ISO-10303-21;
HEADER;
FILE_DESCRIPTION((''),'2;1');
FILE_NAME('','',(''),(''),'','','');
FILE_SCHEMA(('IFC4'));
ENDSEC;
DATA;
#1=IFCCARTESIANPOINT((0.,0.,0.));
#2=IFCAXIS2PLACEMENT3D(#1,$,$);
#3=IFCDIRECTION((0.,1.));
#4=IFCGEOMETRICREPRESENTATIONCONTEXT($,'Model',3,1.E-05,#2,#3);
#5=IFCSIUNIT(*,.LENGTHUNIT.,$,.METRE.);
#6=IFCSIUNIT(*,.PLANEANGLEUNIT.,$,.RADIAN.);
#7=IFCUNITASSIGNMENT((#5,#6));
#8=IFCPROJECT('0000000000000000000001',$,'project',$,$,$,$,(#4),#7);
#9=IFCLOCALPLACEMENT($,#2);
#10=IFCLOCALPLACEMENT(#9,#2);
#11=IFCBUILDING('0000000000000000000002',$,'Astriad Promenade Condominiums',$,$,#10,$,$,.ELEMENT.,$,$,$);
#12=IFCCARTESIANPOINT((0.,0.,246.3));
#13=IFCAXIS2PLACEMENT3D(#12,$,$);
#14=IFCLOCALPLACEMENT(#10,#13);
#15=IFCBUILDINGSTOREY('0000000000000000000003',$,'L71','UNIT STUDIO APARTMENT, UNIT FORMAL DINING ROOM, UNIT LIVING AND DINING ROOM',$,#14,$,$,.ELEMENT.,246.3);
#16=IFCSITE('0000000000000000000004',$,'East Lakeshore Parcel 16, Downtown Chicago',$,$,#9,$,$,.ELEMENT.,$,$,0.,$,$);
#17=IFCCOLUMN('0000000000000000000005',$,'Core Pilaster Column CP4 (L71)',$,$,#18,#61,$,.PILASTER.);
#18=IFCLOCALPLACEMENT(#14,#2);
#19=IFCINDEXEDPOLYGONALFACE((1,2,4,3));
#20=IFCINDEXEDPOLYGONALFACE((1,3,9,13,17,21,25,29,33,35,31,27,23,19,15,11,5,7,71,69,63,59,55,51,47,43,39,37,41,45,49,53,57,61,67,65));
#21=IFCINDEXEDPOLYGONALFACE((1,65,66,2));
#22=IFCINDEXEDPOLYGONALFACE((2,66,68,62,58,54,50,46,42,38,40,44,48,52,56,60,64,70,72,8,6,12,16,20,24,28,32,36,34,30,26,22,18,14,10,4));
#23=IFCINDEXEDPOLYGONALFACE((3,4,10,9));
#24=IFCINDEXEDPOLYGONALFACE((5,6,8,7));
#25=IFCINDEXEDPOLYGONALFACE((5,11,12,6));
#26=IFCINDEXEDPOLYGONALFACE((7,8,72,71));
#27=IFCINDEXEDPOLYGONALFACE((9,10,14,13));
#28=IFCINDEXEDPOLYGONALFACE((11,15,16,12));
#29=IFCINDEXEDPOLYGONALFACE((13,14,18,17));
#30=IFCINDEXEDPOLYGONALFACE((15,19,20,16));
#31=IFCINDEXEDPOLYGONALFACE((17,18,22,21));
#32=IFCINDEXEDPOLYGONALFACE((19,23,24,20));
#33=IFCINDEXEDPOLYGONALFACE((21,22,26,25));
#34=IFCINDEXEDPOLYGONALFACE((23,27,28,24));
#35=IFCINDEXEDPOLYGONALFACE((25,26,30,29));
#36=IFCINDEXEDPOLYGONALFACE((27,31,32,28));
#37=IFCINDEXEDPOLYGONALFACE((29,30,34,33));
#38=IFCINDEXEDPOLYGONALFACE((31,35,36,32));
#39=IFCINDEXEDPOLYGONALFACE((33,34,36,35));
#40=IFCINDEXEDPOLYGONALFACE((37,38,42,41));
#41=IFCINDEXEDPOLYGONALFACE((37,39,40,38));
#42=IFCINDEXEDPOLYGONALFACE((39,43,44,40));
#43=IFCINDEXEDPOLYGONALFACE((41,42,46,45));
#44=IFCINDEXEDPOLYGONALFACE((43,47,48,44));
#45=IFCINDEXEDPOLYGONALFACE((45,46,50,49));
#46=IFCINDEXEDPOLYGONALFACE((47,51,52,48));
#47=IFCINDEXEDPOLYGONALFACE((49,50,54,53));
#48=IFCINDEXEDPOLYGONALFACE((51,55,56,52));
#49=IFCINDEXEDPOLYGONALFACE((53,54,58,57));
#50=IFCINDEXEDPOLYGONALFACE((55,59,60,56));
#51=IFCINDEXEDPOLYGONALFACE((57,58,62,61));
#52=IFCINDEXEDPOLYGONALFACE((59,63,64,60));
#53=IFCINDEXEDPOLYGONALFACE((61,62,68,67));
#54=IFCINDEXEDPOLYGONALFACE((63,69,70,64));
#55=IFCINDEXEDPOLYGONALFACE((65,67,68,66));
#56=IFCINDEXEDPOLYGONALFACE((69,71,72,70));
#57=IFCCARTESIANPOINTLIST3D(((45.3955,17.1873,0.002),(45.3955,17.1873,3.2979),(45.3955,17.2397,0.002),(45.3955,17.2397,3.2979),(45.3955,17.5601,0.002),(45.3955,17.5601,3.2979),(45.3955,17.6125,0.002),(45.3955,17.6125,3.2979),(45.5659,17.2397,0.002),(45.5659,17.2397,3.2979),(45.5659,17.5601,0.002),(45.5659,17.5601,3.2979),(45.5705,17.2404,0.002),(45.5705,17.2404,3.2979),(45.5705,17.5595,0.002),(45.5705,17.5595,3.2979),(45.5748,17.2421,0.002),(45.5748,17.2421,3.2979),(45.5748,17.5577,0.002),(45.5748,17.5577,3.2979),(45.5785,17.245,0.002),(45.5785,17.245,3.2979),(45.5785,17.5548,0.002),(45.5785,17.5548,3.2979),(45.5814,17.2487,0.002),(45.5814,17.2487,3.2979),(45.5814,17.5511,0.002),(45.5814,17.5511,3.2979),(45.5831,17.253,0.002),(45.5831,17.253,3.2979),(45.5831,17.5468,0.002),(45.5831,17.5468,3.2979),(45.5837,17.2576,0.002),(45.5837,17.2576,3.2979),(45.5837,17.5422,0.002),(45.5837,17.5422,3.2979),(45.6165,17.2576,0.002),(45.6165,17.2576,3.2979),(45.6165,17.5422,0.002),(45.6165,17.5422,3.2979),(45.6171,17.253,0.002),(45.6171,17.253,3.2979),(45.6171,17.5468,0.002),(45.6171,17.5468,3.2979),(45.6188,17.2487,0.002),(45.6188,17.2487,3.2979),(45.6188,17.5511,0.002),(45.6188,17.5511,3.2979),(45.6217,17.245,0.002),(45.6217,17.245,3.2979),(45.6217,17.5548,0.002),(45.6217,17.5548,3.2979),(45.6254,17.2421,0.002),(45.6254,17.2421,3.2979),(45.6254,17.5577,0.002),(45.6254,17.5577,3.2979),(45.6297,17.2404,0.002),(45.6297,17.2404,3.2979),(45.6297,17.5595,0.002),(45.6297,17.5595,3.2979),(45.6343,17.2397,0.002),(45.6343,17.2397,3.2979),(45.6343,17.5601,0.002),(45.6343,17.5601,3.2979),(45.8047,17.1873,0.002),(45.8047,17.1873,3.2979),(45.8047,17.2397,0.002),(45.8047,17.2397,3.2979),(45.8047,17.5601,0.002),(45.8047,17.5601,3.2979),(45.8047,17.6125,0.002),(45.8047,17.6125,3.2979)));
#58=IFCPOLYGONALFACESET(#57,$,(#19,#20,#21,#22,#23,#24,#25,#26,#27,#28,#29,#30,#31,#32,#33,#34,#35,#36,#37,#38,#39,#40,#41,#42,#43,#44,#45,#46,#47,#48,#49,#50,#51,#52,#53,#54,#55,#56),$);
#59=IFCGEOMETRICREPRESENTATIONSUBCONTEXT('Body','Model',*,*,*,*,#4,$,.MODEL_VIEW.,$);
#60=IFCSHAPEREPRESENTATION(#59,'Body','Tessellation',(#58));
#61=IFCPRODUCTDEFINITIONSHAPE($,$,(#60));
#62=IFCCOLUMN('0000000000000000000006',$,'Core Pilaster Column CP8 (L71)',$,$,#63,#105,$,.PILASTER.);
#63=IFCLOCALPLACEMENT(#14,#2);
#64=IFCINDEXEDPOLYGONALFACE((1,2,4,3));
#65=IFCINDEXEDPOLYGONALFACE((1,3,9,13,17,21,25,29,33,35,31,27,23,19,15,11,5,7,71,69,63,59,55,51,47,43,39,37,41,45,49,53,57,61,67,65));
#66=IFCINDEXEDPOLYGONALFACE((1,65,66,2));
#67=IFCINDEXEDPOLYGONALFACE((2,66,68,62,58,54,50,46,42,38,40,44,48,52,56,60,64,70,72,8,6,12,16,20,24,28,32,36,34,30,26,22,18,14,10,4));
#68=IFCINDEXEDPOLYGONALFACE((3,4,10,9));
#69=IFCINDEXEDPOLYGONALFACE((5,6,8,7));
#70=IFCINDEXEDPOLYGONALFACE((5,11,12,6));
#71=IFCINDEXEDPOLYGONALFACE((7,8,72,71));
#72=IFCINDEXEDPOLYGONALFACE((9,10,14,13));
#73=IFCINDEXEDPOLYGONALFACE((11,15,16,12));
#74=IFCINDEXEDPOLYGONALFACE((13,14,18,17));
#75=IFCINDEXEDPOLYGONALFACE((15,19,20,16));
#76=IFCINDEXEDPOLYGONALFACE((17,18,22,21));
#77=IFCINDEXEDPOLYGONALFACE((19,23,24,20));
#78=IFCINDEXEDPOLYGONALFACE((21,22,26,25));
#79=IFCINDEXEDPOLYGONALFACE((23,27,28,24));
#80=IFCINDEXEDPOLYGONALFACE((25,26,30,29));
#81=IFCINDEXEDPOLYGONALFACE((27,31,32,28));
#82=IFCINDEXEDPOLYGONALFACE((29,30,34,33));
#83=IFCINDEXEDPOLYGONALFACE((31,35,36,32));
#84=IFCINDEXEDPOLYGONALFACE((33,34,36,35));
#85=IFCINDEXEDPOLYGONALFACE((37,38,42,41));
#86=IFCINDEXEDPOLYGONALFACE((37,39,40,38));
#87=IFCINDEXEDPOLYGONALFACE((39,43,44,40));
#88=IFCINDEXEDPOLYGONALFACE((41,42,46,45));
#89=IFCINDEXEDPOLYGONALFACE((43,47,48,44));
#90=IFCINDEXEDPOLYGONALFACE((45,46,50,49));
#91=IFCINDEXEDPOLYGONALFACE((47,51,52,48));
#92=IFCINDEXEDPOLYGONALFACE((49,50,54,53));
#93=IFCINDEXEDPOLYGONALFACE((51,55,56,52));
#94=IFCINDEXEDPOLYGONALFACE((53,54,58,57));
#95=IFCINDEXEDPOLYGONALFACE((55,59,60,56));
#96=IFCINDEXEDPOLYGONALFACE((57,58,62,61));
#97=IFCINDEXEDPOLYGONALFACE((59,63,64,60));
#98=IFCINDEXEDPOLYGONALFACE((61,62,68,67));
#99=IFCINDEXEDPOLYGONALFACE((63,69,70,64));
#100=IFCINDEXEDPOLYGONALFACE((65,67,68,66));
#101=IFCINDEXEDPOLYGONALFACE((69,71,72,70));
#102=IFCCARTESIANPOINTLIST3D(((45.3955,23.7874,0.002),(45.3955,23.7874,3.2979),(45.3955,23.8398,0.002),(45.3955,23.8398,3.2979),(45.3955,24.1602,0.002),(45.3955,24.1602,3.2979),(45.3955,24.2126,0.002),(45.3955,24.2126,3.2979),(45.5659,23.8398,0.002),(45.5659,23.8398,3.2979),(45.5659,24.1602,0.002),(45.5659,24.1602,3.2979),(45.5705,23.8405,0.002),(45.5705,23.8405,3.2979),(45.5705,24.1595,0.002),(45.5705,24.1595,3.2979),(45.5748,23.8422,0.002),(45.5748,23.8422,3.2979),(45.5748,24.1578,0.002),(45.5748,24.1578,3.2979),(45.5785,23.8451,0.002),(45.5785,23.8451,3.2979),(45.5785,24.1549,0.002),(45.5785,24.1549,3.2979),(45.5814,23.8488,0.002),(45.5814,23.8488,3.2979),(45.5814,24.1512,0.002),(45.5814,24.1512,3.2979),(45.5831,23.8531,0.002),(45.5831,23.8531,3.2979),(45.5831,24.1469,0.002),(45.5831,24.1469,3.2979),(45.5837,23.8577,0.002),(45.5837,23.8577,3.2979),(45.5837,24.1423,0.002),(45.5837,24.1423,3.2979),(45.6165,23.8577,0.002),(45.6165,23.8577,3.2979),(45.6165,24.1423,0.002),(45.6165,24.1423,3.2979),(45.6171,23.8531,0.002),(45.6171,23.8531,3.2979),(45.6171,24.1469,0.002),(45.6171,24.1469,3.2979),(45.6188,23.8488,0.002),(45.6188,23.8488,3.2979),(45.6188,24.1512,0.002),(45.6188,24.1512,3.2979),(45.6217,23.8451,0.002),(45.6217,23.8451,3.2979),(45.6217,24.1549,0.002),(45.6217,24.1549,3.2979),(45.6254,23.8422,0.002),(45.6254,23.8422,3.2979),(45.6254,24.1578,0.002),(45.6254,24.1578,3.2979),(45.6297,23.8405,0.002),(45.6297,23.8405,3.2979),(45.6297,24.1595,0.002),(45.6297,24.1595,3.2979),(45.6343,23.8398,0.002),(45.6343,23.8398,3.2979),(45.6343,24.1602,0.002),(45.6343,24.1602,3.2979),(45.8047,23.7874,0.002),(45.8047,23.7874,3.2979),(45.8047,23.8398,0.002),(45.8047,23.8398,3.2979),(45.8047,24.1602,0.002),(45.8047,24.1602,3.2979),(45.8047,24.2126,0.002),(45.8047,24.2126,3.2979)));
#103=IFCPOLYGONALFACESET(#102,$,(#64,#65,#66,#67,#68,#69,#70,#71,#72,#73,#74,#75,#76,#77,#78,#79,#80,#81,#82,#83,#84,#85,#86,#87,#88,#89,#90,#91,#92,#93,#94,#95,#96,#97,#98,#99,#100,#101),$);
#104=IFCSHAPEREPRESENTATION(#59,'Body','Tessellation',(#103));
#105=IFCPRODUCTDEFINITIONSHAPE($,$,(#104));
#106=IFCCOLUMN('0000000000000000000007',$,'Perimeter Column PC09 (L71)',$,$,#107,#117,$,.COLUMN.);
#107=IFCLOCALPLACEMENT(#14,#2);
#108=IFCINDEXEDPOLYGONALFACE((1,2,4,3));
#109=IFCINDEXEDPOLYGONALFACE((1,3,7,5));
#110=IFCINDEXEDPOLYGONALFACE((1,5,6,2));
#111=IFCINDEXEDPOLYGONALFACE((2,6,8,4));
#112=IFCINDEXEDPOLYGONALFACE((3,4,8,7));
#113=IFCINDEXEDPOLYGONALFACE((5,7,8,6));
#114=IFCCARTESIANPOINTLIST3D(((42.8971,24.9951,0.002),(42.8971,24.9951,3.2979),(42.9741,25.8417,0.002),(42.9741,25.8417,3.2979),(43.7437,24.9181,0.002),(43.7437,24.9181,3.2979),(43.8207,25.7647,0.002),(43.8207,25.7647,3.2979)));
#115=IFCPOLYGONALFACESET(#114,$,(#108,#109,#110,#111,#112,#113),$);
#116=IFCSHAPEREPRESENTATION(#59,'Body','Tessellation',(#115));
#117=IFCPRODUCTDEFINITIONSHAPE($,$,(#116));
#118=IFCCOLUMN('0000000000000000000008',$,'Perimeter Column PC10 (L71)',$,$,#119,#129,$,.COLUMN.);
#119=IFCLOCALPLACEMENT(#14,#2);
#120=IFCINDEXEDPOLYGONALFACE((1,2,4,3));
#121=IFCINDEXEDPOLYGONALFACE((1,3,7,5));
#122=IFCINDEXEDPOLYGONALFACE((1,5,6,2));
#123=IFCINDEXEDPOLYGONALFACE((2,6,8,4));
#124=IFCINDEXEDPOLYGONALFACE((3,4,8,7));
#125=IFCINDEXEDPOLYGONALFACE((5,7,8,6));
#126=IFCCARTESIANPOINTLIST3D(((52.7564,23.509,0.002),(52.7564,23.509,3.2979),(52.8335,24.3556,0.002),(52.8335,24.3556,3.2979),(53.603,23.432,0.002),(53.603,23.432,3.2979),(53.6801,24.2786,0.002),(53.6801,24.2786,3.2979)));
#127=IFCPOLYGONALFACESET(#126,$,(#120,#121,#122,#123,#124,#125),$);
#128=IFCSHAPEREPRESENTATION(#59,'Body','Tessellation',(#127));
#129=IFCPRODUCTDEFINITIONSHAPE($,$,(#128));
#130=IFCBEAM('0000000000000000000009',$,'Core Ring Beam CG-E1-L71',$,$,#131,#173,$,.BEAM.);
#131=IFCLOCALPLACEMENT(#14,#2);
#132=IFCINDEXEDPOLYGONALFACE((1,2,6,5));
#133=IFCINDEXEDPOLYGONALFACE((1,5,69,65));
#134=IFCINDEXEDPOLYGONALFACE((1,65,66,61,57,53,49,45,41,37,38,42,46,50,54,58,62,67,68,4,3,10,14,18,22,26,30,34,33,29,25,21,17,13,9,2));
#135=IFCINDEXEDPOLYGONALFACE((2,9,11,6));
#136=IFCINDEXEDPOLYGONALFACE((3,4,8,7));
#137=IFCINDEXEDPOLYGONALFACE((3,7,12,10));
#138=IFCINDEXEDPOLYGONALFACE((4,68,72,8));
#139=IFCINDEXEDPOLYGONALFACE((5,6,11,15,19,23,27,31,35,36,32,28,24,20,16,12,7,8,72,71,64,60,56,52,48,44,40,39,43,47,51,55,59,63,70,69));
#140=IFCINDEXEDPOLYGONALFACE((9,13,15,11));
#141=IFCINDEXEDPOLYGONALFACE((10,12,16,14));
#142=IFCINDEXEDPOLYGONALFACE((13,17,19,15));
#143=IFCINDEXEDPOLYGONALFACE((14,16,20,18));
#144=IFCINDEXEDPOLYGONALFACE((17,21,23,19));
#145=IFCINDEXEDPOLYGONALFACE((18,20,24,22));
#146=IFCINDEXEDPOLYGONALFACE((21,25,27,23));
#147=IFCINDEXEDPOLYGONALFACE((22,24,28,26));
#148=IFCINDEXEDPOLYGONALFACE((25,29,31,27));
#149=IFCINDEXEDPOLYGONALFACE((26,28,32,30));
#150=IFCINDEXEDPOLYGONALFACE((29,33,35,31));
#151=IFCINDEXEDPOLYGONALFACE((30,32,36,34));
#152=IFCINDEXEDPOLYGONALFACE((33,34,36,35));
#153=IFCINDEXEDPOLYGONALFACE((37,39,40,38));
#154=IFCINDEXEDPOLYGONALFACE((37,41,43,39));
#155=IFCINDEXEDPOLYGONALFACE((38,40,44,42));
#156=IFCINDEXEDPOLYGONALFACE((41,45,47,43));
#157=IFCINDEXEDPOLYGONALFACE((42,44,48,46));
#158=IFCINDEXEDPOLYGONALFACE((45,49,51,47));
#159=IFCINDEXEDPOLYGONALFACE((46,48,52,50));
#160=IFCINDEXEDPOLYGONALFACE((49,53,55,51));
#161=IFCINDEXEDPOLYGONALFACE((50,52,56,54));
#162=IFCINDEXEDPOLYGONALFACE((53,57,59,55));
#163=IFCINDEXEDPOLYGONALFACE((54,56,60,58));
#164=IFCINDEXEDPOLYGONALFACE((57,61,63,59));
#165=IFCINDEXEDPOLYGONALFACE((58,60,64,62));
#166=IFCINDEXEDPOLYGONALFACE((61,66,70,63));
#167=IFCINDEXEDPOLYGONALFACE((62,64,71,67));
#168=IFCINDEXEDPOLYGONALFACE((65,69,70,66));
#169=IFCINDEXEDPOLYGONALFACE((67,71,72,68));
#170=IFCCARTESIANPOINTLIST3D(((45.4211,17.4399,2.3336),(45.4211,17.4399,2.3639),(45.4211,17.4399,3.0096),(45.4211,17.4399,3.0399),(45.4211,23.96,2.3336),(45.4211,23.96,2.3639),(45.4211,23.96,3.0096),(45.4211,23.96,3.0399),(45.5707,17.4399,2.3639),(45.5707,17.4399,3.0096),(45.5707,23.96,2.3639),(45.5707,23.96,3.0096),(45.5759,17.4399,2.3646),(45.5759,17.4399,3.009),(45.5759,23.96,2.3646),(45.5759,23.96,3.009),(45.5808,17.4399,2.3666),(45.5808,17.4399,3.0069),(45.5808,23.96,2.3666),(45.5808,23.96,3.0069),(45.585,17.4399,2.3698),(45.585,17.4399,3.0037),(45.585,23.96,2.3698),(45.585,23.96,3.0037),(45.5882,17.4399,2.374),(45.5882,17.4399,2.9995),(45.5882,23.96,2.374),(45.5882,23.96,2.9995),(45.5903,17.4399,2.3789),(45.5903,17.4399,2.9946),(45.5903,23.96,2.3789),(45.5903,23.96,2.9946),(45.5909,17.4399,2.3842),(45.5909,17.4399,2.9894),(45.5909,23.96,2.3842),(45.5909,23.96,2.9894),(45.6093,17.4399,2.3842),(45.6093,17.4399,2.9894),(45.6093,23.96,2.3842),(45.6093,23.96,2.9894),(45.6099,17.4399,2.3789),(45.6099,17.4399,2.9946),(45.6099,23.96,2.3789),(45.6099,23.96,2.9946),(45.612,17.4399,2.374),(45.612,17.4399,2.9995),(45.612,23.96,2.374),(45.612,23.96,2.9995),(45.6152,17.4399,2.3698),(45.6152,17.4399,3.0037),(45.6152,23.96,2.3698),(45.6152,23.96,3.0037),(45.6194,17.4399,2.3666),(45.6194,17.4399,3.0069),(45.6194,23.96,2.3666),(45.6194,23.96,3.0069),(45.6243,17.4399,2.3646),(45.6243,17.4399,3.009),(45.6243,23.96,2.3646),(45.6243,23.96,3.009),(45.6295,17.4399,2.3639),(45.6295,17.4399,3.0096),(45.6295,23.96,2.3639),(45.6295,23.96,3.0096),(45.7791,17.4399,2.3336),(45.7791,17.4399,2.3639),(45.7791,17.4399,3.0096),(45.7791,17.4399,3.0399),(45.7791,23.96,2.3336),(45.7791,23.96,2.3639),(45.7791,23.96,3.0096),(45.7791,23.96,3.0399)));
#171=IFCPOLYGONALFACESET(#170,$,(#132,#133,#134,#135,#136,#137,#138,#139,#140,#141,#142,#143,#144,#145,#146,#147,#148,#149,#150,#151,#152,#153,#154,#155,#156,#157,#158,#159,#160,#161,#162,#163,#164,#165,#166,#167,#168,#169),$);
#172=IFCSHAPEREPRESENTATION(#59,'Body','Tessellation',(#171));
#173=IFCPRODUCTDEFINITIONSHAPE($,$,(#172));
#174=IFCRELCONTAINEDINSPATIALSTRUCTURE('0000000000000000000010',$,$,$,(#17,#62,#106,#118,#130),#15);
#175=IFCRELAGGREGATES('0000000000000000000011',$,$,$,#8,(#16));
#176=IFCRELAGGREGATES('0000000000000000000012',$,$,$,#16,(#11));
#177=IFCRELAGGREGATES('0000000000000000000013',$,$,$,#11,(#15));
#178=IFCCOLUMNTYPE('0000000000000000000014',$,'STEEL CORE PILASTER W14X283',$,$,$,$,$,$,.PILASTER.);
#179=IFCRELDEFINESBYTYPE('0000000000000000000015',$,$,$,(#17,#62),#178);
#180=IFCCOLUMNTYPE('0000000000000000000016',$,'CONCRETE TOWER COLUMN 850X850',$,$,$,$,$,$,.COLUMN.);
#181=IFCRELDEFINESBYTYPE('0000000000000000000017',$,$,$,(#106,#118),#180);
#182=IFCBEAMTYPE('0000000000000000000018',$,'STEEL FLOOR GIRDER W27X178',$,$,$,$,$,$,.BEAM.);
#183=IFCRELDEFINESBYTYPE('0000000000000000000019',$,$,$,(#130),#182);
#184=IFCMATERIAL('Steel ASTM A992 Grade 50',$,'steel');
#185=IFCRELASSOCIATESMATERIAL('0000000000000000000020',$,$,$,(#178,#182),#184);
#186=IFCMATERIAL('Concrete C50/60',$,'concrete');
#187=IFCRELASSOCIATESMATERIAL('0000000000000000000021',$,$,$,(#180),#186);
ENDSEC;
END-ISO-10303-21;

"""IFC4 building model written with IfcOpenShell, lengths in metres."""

from ifc_helpers import new_model, si_unit, direction, frame, origin, origin_2d, place, context, subcontext, project, spatial, rectangle, i_section, extrude, source, transform, mapped, material, material_profile, profile_set, type_object, type_shapes, element, save


model = new_model("IFC4")

# Units and contexts
model_context = context("Model", 3, precision=1e-05, world=origin(), true_north=direction((0.0, 1.0)))
body_context = subcontext(model_context, "Body", "Model", "MODEL_VIEW")
ifc_project = project(units=[si_unit("LENGTHUNIT", "METRE"), si_unit("PLANEANGLEUNIT", "RADIAN")], contexts=[model_context])

# Site, building, storey
site_placement = place(None, origin())
site = spatial("IfcSite", under=ifc_project, at=site_placement, Name="East Lakeshore Parcel 16, Downtown Chicago", CompositionType="ELEMENT", RefElevation=0.0)
building_placement = place(site_placement, origin())
building = spatial("IfcBuilding", under=site, at=building_placement, Name="Astriad Promenade Condominiums", CompositionType="ELEMENT")
storey_placement = place(building_placement, frame((0.0, 0.0, 246.3)))
storey = spatial("IfcBuildingStorey", under=building, at=storey_placement, Name="L71", Description="UNIT STUDIO APARTMENT, UNIT FORMAL DINING ROOM, UNIT LIVING AND DINING ROOM", CompositionType="ELEMENT", Elevation=246.3)

# Columns
ifc_material_1 = material(Name="Steel ASTM A992 Grade 50", Category="steel")
ifc_material_profile_1 = material_profile(ifc_material_1, i_section(OverallWidth=0.4092, OverallDepth=0.4253, WebThickness=0.0327, FlangeThickness=0.0525, FilletRadius=0.0178, at=origin_2d()), Name="W14X283")
ifc_profile_set_1 = profile_set([ifc_material_profile_1], Name="Steel ASTM A992 Grade 50")
column_type_1 = type_object("IfcColumnType", Name="STEEL CORE PILASTER W14X283", PredefinedType="PILASTER", material=ifc_profile_set_1)
shared_shape_1 = source(origin(), body_context, "Body", "SweptSolid", [
    extrude(i_section(OverallWidth=0.4092, OverallDepth=0.4253, WebThickness=0.0327, FlangeThickness=0.0525, FilletRadius=0.0178, at=origin_2d()), origin(), (0.0, 0.0, 1.0), 3.2959),
])
type_shapes(column_type_1, [shared_shape_1])
for number, where, z_axis, x_axis, name in (
    (1, (45.6001, 17.3999, 0.002), (0.0, 0.0, 1.0), (1.0, 0.0, 0.0), "Core Pilaster Column CP4 (L71)"),
    (2, (45.6001, 24.0, 0.002), (0.0, 0.0, 1.0), (1.0, 0.0, 0.0), "Core Pilaster Column CP8 (L71)"),
):
    element("IfcColumn", number, at=place(storey_placement, frame(where, z_axis=z_axis, x_axis=x_axis)), inside=storey, type_object=column_type_1, Name=name, PredefinedType="PILASTER", context=body_context, shape_type="MappedRepresentation", body=[
        mapped(shared_shape_1, transform((0.0, 0.0, 0.0), scale=1.0)),
    ])
ifc_material_2 = material(Name="Concrete C50/60", Category="concrete")
ifc_material_profile_2 = material_profile(ifc_material_2, rectangle(XDim=0.8501, YDim=0.8501, at=origin_2d()), Name="RC-COL-850X850")
ifc_profile_set_2 = profile_set([ifc_material_profile_2], Name="Concrete C50/60")
column_type_2 = type_object("IfcColumnType", Name="CONCRETE TOWER COLUMN 850X850", PredefinedType="COLUMN", material=ifc_profile_set_2)
shared_shape_2 = source(origin(), body_context, "Body", "SweptSolid", [
    extrude(rectangle(XDim=0.8501, YDim=0.8501, at=origin_2d()), origin(), (0.0, 0.0, 1.0), 3.2959),
])
type_shapes(column_type_2, [shared_shape_2])
for number, where, z_axis, x_axis, name in (
    (3, (43.3589, 25.3799, 0.002), (0.0, 0.0, 1.0), (0.995884, -0.090633, 0.0), "Perimeter Column PC09 (L71)"),
    (4, (53.2183, 23.8938, 0.002), (0.0, 0.0, 1.0), (0.995884, -0.090633, 0.0), "Perimeter Column PC10 (L71)"),
):
    element("IfcColumn", number, at=place(storey_placement, frame(where, z_axis=z_axis, x_axis=x_axis)), inside=storey, type_object=column_type_2, Name=name, PredefinedType="COLUMN", context=body_context, shape_type="MappedRepresentation", body=[
        mapped(shared_shape_2, transform((0.0, 0.0, 0.0), scale=1.0)),
    ])

# Beam
ifc_material_profile_3 = material_profile(ifc_material_1, i_section(OverallWidth=0.3579, OverallDepth=0.7063, WebThickness=0.0183, FlangeThickness=0.0303, FilletRadius=0.0203, at=origin_2d()), Name="W27X178")
ifc_profile_set_3 = profile_set([ifc_material_profile_3], Name="Steel ASTM A992 Grade 50")
beam_type_1 = type_object("IfcBeamType", Name="STEEL FLOOR GIRDER W27X178", PredefinedType="BEAM", material=ifc_profile_set_3)
shared_shape_3 = source(origin(), body_context, "Body", "SweptSolid", [
    extrude(i_section(OverallWidth=0.3579, OverallDepth=0.7063, WebThickness=0.0183, FlangeThickness=0.0303, FilletRadius=0.0203, at=origin_2d()), origin(), (0.0, 0.0, 1.0), 6.52),
])
type_shapes(beam_type_1, [shared_shape_3])
beam_1_placement = place(storey_placement, frame((45.6001, 17.4399, 2.6868), z_axis=(0.0, 1.0, 0.0), x_axis=(-1.0, 0.0, 0.0)))
element("IfcBeam", 5, at=beam_1_placement, inside=storey, type_object=beam_type_1, Name="Core Ring Beam CG-E1-L71", PredefinedType="BEAM", context=body_context, shape_type="MappedRepresentation", body=[
    mapped(shared_shape_3, transform((0.0, 0.0, 0.0), scale=1.0)),
])

save(model, "model.ifc")
